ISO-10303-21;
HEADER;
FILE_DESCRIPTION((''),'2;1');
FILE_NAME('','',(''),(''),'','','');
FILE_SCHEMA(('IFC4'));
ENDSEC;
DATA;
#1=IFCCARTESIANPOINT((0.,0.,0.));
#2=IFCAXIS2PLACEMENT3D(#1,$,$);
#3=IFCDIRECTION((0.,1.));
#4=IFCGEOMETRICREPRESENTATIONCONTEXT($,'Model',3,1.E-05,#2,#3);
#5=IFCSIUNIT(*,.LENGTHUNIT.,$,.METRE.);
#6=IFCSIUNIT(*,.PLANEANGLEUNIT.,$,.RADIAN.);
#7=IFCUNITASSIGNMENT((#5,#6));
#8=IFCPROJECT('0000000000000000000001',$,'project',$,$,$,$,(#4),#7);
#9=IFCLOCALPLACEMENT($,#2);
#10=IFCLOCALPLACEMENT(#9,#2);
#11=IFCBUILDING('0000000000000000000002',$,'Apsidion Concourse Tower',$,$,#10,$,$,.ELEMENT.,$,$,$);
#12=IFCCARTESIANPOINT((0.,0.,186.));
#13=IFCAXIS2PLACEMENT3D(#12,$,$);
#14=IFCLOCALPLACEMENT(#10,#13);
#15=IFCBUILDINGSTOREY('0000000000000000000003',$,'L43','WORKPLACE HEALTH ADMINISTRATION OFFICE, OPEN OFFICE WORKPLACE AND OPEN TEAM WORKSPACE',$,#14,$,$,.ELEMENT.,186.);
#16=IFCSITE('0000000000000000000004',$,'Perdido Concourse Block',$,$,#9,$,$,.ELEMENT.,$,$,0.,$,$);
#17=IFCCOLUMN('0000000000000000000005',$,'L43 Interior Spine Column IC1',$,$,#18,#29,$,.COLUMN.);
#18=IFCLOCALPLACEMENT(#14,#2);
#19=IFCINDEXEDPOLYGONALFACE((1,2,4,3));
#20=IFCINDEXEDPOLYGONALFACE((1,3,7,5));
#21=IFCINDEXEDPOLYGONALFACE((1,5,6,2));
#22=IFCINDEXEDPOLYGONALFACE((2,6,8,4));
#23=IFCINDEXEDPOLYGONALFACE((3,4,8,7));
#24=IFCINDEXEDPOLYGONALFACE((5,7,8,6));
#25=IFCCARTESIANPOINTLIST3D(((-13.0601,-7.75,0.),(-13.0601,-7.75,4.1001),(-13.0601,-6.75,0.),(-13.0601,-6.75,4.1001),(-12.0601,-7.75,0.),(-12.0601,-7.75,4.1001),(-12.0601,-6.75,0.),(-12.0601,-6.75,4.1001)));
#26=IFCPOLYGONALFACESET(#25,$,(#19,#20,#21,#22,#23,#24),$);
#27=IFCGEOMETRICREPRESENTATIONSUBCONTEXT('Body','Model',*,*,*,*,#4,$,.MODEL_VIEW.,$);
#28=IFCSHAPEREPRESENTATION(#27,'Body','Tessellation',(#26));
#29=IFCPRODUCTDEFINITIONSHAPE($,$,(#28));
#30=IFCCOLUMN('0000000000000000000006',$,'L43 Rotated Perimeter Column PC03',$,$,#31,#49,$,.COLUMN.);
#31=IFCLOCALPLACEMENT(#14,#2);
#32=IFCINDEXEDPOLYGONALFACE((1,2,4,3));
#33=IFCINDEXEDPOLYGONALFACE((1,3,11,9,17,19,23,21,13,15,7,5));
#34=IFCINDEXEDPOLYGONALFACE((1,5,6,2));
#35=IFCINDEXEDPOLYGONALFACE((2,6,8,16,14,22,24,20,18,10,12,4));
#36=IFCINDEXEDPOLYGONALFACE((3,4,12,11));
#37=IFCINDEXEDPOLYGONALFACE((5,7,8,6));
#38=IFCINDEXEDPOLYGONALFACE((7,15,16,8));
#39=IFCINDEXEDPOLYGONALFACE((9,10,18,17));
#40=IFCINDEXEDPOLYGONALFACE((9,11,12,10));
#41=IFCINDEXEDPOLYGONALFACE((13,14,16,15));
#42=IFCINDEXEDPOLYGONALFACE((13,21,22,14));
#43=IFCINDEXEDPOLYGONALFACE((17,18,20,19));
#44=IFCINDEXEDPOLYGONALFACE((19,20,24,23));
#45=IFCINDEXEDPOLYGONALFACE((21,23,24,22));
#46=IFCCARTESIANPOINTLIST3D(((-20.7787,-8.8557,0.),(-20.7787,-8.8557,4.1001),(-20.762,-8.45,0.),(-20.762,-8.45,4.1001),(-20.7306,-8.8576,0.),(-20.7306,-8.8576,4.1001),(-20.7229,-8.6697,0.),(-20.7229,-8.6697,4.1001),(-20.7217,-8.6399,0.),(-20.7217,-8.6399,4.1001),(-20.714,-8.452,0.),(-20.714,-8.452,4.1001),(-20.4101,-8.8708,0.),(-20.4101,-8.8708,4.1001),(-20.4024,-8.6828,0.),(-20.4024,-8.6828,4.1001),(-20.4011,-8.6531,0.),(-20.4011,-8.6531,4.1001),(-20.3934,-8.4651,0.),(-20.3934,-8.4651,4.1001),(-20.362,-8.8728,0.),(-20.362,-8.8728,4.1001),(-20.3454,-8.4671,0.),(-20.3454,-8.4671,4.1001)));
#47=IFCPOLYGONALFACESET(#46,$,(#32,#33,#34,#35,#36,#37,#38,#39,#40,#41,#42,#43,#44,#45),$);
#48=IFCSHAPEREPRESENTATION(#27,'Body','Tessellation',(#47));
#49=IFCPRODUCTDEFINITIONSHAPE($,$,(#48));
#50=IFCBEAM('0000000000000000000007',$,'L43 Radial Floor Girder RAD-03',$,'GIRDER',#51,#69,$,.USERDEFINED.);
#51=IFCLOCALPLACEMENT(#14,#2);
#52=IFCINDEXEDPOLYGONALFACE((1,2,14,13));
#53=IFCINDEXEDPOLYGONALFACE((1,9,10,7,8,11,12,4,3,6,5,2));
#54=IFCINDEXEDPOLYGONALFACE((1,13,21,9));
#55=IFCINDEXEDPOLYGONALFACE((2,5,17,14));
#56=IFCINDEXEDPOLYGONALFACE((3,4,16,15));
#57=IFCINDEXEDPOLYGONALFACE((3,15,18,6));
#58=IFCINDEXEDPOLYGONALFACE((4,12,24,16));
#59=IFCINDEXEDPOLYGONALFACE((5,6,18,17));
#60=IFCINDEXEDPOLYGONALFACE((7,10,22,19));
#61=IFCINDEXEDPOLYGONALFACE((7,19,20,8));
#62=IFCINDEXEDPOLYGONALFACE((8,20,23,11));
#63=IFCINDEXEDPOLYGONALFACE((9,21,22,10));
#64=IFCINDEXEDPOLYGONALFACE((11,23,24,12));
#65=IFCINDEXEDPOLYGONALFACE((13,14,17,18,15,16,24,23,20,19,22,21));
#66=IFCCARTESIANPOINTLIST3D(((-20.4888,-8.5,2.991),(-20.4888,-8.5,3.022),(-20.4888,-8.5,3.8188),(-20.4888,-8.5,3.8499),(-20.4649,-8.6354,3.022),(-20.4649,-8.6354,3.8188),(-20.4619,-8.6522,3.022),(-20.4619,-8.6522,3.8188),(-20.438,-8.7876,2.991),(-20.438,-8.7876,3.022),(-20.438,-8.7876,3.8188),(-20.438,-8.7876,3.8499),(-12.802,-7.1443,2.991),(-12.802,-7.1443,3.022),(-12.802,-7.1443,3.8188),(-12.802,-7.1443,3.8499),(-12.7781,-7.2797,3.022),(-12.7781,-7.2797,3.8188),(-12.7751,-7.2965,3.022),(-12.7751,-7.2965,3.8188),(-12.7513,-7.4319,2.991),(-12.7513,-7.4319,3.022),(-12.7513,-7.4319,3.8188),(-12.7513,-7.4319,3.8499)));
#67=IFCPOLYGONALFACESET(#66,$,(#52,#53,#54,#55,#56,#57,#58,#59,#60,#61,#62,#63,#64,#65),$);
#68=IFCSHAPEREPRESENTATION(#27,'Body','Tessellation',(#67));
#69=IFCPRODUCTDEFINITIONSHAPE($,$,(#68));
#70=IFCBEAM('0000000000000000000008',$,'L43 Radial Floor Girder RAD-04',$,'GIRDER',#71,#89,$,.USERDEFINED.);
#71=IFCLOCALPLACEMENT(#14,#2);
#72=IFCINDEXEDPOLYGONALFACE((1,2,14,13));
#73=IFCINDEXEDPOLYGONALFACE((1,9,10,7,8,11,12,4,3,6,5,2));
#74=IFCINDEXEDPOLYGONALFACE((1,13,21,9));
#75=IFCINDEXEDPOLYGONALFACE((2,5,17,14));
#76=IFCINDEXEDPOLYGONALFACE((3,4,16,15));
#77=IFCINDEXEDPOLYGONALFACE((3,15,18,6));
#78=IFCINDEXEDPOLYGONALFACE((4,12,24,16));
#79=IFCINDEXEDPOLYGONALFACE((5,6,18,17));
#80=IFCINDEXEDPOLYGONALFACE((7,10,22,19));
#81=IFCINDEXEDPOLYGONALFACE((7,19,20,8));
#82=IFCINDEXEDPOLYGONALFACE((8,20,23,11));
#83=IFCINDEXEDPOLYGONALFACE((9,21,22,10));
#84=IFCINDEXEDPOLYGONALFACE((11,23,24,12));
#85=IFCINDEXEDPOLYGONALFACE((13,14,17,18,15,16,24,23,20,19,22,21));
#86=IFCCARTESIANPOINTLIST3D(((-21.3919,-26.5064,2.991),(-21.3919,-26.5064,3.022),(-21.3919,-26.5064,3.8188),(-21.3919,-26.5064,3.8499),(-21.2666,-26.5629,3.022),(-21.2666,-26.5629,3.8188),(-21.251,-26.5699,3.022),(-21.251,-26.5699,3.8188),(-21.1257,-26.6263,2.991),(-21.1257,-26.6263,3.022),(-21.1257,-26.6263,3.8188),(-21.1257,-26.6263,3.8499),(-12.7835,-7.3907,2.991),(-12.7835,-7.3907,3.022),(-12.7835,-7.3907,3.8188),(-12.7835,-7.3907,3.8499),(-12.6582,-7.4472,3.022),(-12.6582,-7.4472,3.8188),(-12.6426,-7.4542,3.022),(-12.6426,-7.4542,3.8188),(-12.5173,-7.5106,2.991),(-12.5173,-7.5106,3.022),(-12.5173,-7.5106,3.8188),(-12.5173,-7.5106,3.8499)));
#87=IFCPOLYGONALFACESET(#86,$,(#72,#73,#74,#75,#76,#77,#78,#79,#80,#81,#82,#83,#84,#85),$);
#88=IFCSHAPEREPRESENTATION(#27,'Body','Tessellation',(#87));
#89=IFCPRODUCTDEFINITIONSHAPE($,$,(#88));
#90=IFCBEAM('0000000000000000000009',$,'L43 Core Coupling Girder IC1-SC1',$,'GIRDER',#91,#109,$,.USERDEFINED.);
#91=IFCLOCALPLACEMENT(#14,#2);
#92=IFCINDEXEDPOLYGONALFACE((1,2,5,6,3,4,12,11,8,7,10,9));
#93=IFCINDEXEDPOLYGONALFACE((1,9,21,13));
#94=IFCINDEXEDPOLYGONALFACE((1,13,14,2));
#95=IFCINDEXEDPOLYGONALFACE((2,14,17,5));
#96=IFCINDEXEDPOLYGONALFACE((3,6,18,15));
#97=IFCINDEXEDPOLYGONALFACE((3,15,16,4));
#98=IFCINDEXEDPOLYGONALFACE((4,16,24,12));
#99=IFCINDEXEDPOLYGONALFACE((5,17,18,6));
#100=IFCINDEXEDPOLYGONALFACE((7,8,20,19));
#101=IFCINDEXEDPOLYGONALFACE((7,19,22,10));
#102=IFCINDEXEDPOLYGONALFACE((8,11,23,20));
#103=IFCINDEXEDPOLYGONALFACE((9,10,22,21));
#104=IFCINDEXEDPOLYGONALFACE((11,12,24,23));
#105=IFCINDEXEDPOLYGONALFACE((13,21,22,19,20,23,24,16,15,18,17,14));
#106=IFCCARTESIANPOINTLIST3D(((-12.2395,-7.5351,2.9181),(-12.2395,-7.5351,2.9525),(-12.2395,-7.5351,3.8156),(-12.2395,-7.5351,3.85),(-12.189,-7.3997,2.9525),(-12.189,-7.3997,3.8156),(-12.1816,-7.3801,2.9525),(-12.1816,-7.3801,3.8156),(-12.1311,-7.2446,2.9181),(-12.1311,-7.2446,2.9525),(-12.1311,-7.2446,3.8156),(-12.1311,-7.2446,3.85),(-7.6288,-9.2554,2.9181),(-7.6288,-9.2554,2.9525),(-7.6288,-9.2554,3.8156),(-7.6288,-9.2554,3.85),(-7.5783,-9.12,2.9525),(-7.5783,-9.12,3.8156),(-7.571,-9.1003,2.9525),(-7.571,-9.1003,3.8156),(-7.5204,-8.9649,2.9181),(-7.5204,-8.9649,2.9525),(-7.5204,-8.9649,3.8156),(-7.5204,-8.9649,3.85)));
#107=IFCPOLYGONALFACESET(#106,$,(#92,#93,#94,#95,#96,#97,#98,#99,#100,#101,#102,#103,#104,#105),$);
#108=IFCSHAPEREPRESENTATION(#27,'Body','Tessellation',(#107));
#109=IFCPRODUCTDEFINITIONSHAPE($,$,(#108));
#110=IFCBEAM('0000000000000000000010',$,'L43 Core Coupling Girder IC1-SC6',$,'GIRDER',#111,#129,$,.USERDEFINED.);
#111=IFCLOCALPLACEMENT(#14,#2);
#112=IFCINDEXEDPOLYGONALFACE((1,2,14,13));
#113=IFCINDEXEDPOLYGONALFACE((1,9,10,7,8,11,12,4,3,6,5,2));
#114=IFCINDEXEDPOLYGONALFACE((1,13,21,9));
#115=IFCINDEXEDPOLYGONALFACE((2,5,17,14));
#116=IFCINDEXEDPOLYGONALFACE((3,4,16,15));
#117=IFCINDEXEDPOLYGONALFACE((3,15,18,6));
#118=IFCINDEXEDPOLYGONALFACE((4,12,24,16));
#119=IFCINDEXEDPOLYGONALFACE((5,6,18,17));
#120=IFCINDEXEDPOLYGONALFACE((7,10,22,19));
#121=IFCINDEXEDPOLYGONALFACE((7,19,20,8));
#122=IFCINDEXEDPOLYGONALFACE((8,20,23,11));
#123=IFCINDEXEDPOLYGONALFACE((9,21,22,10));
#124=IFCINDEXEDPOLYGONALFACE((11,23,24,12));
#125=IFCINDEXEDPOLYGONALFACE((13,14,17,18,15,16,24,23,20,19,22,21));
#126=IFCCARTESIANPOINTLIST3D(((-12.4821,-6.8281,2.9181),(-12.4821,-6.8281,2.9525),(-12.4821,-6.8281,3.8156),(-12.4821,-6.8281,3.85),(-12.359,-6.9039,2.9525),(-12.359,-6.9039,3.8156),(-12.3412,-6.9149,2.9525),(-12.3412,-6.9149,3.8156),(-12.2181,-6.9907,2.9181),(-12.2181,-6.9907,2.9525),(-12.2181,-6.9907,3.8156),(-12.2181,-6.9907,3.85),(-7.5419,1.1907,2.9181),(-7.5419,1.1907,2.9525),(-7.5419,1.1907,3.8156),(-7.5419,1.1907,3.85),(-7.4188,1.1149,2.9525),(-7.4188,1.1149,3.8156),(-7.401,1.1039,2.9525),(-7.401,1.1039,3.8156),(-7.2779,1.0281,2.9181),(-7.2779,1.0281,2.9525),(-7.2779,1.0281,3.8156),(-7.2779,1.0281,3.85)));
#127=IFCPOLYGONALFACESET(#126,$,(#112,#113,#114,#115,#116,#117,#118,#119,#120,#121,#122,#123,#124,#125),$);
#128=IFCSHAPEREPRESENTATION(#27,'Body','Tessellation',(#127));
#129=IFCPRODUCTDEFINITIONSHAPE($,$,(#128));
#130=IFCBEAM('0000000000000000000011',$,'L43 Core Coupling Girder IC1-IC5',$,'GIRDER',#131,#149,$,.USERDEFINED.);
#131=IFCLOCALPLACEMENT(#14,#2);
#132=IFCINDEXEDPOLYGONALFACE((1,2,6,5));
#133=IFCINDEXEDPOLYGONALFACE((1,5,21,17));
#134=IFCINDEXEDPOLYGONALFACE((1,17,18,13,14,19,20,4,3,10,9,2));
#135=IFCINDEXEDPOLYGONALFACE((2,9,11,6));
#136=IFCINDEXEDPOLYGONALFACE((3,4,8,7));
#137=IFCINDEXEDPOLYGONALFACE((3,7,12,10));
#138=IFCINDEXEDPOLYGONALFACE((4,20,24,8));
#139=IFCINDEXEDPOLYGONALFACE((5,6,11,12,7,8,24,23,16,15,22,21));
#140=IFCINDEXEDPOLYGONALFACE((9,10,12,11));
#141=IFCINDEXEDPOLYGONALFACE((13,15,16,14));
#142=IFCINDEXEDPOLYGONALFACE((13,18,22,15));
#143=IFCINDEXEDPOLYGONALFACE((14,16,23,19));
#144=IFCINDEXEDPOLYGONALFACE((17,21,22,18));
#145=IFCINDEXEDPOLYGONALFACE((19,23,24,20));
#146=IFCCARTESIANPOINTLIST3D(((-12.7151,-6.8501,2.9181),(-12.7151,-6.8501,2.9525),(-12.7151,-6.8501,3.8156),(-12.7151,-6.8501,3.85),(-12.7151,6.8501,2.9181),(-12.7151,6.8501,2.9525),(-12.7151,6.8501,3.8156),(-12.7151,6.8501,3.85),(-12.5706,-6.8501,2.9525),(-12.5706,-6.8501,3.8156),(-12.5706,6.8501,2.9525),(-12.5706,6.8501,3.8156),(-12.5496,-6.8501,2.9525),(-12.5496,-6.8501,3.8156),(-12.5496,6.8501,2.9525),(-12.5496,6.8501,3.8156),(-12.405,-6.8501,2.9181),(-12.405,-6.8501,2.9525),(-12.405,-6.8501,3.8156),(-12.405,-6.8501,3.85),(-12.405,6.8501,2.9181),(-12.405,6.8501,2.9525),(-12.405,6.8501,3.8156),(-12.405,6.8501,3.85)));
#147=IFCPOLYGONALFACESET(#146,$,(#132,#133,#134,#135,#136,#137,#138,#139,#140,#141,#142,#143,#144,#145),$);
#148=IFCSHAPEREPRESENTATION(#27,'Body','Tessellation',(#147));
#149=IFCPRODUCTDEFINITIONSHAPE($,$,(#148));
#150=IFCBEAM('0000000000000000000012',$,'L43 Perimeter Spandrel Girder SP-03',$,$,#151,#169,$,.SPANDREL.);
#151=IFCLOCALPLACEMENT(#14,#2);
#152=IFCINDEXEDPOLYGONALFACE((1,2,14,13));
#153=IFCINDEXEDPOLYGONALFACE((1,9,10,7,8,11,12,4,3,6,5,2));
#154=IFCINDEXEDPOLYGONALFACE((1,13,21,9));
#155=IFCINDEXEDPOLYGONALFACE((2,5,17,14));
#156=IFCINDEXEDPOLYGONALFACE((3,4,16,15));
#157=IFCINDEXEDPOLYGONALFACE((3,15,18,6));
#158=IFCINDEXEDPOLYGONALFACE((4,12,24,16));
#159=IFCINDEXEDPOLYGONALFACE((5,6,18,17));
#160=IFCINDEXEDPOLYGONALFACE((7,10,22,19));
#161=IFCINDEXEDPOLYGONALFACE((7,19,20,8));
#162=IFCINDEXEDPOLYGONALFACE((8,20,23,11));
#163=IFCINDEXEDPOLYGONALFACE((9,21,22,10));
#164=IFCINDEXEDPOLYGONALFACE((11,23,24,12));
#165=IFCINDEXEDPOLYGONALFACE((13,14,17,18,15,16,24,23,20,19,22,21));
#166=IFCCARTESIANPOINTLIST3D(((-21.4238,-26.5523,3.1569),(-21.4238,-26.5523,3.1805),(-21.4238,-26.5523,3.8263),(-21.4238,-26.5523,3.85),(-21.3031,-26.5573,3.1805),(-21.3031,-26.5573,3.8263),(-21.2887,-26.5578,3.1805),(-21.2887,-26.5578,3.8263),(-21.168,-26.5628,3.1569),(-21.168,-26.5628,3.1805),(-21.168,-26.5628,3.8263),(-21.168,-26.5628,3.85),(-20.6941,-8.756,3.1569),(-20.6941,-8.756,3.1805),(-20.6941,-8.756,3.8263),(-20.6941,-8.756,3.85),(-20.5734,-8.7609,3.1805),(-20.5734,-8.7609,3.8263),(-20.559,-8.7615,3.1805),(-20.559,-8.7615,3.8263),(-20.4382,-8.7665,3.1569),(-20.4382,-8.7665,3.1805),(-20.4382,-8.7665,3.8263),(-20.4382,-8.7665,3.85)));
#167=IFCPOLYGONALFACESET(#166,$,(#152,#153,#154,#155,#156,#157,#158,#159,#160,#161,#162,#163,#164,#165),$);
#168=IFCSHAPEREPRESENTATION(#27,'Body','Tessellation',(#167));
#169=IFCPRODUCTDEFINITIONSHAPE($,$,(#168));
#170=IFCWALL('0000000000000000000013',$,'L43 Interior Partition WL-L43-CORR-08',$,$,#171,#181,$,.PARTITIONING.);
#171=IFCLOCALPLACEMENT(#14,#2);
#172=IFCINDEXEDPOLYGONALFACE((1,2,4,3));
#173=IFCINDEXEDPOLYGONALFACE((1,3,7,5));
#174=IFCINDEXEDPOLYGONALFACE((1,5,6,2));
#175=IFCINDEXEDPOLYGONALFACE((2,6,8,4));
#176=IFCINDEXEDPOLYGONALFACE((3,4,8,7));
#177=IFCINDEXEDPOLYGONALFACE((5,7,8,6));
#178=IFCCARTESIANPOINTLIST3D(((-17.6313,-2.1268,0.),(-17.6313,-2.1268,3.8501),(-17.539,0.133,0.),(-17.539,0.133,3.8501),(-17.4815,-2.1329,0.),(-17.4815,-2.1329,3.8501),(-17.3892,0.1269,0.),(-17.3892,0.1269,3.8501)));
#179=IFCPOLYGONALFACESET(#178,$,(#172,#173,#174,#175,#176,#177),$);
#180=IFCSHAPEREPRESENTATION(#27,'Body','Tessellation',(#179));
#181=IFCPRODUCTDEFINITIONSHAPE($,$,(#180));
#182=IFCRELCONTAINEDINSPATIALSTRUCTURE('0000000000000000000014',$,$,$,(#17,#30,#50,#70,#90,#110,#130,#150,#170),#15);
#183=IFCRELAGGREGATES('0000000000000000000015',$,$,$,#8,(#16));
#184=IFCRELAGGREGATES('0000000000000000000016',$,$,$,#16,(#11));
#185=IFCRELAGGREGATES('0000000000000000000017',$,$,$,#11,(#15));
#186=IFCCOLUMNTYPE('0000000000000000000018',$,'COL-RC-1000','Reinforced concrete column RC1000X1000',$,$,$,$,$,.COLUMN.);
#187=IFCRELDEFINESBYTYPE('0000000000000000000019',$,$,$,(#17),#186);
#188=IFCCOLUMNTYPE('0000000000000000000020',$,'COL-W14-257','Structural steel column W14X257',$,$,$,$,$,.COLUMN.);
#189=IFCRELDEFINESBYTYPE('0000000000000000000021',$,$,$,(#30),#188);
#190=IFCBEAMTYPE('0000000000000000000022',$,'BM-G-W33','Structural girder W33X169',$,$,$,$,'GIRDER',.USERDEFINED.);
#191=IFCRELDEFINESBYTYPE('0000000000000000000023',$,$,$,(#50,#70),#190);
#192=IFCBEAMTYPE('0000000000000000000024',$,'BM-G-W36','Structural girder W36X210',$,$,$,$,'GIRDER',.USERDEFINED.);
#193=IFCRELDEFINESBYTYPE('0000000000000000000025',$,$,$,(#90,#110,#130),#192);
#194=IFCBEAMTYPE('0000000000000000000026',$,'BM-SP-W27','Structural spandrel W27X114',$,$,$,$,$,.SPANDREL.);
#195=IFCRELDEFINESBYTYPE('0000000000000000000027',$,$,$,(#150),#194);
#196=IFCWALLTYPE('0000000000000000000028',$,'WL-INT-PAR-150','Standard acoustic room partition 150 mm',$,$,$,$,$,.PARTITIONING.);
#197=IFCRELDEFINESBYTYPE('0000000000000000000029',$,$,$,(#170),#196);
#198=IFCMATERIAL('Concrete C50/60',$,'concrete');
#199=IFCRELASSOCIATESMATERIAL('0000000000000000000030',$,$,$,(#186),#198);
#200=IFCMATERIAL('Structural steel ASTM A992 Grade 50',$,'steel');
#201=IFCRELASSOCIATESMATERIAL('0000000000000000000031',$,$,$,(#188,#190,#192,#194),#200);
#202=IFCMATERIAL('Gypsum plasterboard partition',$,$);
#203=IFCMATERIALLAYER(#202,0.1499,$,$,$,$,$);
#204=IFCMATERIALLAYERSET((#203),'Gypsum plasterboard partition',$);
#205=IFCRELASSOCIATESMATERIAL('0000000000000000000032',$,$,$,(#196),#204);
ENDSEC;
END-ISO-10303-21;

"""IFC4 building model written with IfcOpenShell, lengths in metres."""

from ifc_helpers import new_model, si_unit, direction, frame, frame_2d, origin, origin_2d, place, context, subcontext, project, spatial, rectangle, i_section, extrude, material, layer, layer_set, material_profile, profile_set, type_object, element, save


model = new_model("IFC4")

# Units and contexts
model_context = context("Model", 3, precision=1e-05, world=origin(), true_north=direction((0.0, 1.0)))
body_context = subcontext(model_context, "Body", "Model", "MODEL_VIEW")
ifc_project = project(units=[si_unit("LENGTHUNIT", "METRE"), si_unit("PLANEANGLEUNIT", "RADIAN")], contexts=[model_context])

# Site, building, storey
site_placement = place(None, origin())
site = spatial("IfcSite", under=ifc_project, at=site_placement, Name="Perdido Concourse Block", CompositionType="ELEMENT", RefElevation=0.0)
building_placement = place(site_placement, origin())
building = spatial("IfcBuilding", under=site, at=building_placement, Name="Apsidion Concourse Tower", CompositionType="ELEMENT")
storey_placement = place(building_placement, frame((0.0, 0.0, 186.0)))
storey = spatial("IfcBuildingStorey", under=building, at=storey_placement, Name="L43", Description="WORKPLACE HEALTH ADMINISTRATION OFFICE, OPEN OFFICE WORKPLACE AND OPEN TEAM WORKSPACE", CompositionType="ELEMENT", Elevation=186.0)

# Columns
ifc_material_1 = material(Name="Concrete C50/60", Category="concrete")
ifc_material_profile_1 = material_profile(ifc_material_1, rectangle(XDim=1.0, YDim=1.0, at=origin_2d()), Name="RC 1000x1000")
ifc_profile_set_1 = profile_set([ifc_material_profile_1], Name="Concrete C50/60")
column_type_1 = type_object("IfcColumnType", Name="COL-RC-1000", Description="Reinforced concrete column RC1000X1000", PredefinedType="COLUMN", material=ifc_profile_set_1)
column_1_placement = place(storey_placement, frame((-12.5601, -7.25, 0.0), z_axis=(0.0, 0.0, 1.0), x_axis=(1.0, 0.0, 0.0)))
element("IfcColumn", 1, at=column_1_placement, inside=storey, type_object=column_type_1, Name="L43 Interior Spine Column IC1", PredefinedType="COLUMN", context=body_context, shape_type="SweptSolid", body=[
    extrude(rectangle(XDim=1.0, YDim=1.0, at=origin_2d()), origin(), (0.0, 0.0, 1.0), 4.1001),
])
ifc_material_2 = material(Name="Structural steel ASTM A992 Grade 50", Category="steel")
ifc_material_profile_2 = material_profile(ifc_material_2, i_section(OverallWidth=0.406, OverallDepth=0.417, WebThickness=0.0298, FlangeThickness=0.0481, at=origin_2d()), Name="W14X257")
ifc_profile_set_2 = profile_set([ifc_material_profile_2], Name="Structural steel ASTM A992 Grade 50")
column_type_2 = type_object("IfcColumnType", Name="COL-W14-257", Description="Structural steel column W14X257", PredefinedType="COLUMN", material=ifc_profile_set_2)
column_2_placement = place(storey_placement, frame((-20.562, -8.6614, 0.0), z_axis=(0.0, 0.0, 1.0), x_axis=(0.041004, 0.999159, 0.0)))
element("IfcColumn", 2, at=column_2_placement, inside=storey, type_object=column_type_2, Name="L43 Rotated Perimeter Column PC03", PredefinedType="COLUMN", context=body_context, shape_type="SweptSolid", body=[
    extrude(i_section(OverallWidth=0.406, OverallDepth=0.417, WebThickness=0.0298, FlangeThickness=0.0481, at=origin_2d()), origin(), (0.0, 0.0, 1.0), 4.1001),
])

# Beams
ifc_material_profile_3 = material_profile(ifc_material_2, i_section(OverallWidth=0.292, OverallDepth=0.8589, WebThickness=0.0171, FlangeThickness=0.031, at=origin_2d()), Name="W33X169")
ifc_profile_set_3 = profile_set([ifc_material_profile_3], Name="Structural steel ASTM A992 Grade 50")
beam_type_1 = type_object("IfcBeamType", Name="BM-G-W33", Description="Structural girder W33X169", ElementType="GIRDER", PredefinedType="USERDEFINED", material=ifc_profile_set_3)
beam_1_placement = place(storey_placement, frame((-12.7766, -7.2881, 3.4204), z_axis=(-0.984801, -0.173689, 0.0), x_axis=(0.173689, -0.984801, 0.0)))
element("IfcBeam", 3, at=beam_1_placement, inside=storey, type_object=beam_type_1, Name="L43 Radial Floor Girder RAD-03", ObjectType="GIRDER", PredefinedType="USERDEFINED", context=body_context, shape_type="SweptSolid", body=[
    extrude(i_section(OverallWidth=0.292, OverallDepth=0.8589, WebThickness=0.0171, FlangeThickness=0.031, at=origin_2d()), origin(), (0.0, 0.0, 1.0), 7.8054),
])
beam_2_placement = place(storey_placement, frame((-12.6504, -7.4507, 3.4204), z_axis=(-0.410615, -0.911809, 0.0), x_axis=(0.911809, -0.410615, 0.0)))
element("IfcBeam", 4, at=beam_2_placement, inside=storey, type_object=beam_type_1, Name="L43 Radial Floor Girder RAD-04", ObjectType="GIRDER", PredefinedType="USERDEFINED", context=body_context, shape_type="SweptSolid", body=[
    extrude(i_section(OverallWidth=0.292, OverallDepth=0.8589, WebThickness=0.0171, FlangeThickness=0.031, at=origin_2d()), origin(), (0.0, 0.0, 1.0), 20.9646),
])
ifc_material_profile_4 = material_profile(ifc_material_2, i_section(OverallWidth=0.3101, OverallDepth=0.9319, WebThickness=0.021, FlangeThickness=0.0344, at=origin_2d()), Name="W36X210")
ifc_profile_set_4 = profile_set([ifc_material_profile_4], Name="Structural steel ASTM A992 Grade 50")
beam_type_2 = type_object("IfcBeamType", Name="BM-G-W36", Description="Structural girder W36X210", ElementType="GIRDER", PredefinedType="USERDEFINED", material=ifc_profile_set_4)
beam_3_placement = place(storey_placement, frame((-12.1853, -7.3899, 3.384), z_axis=(0.936913, -0.349563, 0.0), x_axis=(0.349563, 0.936913, 0.0)))
element("IfcBeam", 5, at=beam_3_placement, inside=storey, type_object=beam_type_2, Name="L43 Core Coupling Girder IC1-SC1", ObjectType="GIRDER", PredefinedType="USERDEFINED", context=body_context, shape_type="SweptSolid", body=[
    extrude(i_section(OverallWidth=0.3101, OverallDepth=0.9319, WebThickness=0.021, FlangeThickness=0.0344, at=origin_2d()), origin(), (0.0, 0.0, 1.0), 4.9211),
])
beam_4_placement = place(storey_placement, frame((-12.3501, -6.9094, 3.384), z_axis=(0.524524, 0.851396, 0.0), x_axis=(-0.851396, 0.524524, 0.0)))
element("IfcBeam", 6, at=beam_4_placement, inside=storey, type_object=beam_type_2, Name="L43 Core Coupling Girder IC1-SC6", ObjectType="GIRDER", PredefinedType="USERDEFINED", context=body_context, shape_type="SweptSolid", body=[
    extrude(i_section(OverallWidth=0.3101, OverallDepth=0.9319, WebThickness=0.021, FlangeThickness=0.0344, at=origin_2d()), origin(), (0.0, 0.0, 1.0), 9.4185),
])
beam_5_placement = place(storey_placement, frame((-12.5601, -6.8501, 3.384), z_axis=(0.0, 1.0, 0.0), x_axis=(-1.0, 0.0, 0.0)))
element("IfcBeam", 7, at=beam_5_placement, inside=storey, type_object=beam_type_2, Name="L43 Core Coupling Girder IC1-IC5", ObjectType="GIRDER", PredefinedType="USERDEFINED", context=body_context, shape_type="SweptSolid", body=[
    extrude(i_section(OverallWidth=0.3101, OverallDepth=0.9319, WebThickness=0.021, FlangeThickness=0.0344, at=origin_2d()), origin(), (0.0, 0.0, 1.0), 13.7002),
])
ifc_material_profile_5 = material_profile(ifc_material_2, i_section(OverallWidth=0.2561, OverallDepth=0.6931, WebThickness=0.0144, FlangeThickness=0.0237, at=origin_2d()), Name="W27X114")
ifc_profile_set_5 = profile_set([ifc_material_profile_5], Name="Structural steel ASTM A992 Grade 50")
beam_type_3 = type_object("IfcBeamType", Name="BM-SP-W27", Description="Structural spandrel W27X114", PredefinedType="SPANDREL", material=ifc_profile_set_5)
beam_6_placement = place(storey_placement, frame((-20.5662, -8.7612, 3.5034), z_axis=(-0.04097, -0.99916, 0.0), x_axis=(0.99916, -0.04097, 0.0)))
element("IfcBeam", 8, at=beam_6_placement, inside=storey, type_object=beam_type_3, Name="L43 Perimeter Spandrel Girder SP-03", PredefinedType="SPANDREL", context=body_context, shape_type="SweptSolid", body=[
    extrude(i_section(OverallWidth=0.2561, OverallDepth=0.6931, WebThickness=0.0144, FlangeThickness=0.0237, at=origin_2d()), origin(), (0.0, 0.0, 1.0), 17.8113),
])

# Wall
ifc_material_3 = material(Name="Gypsum plasterboard partition")
ifc_layer = layer(ifc_material_3, 0.1499)
ifc_layer_set = layer_set([ifc_layer], Name="Gypsum plasterboard partition")
wall_type = type_object("IfcWallType", Name="WL-INT-PAR-150", Description="Standard acoustic room partition 150 mm", PredefinedType="PARTITIONING", material=ifc_layer_set)
wall_1_placement = place(storey_placement, frame((-17.5564, -2.1299, 0.0), z_axis=(0.0, 0.0, 1.0), x_axis=(0.040804, 0.999167, 0.0)))
element("IfcWall", 9, at=wall_1_placement, inside=storey, type_object=wall_type, Name="L43 Interior Partition WL-L43-CORR-08", PredefinedType="PARTITIONING", context=body_context, shape_type="SweptSolid", body=[
    extrude(rectangle(XDim=2.2617, YDim=0.1499, at=frame_2d((1.1309, 0.0))), origin(), (0.0, 0.0, 1.0), 3.8501),
])

save(model, "model.ifc")
